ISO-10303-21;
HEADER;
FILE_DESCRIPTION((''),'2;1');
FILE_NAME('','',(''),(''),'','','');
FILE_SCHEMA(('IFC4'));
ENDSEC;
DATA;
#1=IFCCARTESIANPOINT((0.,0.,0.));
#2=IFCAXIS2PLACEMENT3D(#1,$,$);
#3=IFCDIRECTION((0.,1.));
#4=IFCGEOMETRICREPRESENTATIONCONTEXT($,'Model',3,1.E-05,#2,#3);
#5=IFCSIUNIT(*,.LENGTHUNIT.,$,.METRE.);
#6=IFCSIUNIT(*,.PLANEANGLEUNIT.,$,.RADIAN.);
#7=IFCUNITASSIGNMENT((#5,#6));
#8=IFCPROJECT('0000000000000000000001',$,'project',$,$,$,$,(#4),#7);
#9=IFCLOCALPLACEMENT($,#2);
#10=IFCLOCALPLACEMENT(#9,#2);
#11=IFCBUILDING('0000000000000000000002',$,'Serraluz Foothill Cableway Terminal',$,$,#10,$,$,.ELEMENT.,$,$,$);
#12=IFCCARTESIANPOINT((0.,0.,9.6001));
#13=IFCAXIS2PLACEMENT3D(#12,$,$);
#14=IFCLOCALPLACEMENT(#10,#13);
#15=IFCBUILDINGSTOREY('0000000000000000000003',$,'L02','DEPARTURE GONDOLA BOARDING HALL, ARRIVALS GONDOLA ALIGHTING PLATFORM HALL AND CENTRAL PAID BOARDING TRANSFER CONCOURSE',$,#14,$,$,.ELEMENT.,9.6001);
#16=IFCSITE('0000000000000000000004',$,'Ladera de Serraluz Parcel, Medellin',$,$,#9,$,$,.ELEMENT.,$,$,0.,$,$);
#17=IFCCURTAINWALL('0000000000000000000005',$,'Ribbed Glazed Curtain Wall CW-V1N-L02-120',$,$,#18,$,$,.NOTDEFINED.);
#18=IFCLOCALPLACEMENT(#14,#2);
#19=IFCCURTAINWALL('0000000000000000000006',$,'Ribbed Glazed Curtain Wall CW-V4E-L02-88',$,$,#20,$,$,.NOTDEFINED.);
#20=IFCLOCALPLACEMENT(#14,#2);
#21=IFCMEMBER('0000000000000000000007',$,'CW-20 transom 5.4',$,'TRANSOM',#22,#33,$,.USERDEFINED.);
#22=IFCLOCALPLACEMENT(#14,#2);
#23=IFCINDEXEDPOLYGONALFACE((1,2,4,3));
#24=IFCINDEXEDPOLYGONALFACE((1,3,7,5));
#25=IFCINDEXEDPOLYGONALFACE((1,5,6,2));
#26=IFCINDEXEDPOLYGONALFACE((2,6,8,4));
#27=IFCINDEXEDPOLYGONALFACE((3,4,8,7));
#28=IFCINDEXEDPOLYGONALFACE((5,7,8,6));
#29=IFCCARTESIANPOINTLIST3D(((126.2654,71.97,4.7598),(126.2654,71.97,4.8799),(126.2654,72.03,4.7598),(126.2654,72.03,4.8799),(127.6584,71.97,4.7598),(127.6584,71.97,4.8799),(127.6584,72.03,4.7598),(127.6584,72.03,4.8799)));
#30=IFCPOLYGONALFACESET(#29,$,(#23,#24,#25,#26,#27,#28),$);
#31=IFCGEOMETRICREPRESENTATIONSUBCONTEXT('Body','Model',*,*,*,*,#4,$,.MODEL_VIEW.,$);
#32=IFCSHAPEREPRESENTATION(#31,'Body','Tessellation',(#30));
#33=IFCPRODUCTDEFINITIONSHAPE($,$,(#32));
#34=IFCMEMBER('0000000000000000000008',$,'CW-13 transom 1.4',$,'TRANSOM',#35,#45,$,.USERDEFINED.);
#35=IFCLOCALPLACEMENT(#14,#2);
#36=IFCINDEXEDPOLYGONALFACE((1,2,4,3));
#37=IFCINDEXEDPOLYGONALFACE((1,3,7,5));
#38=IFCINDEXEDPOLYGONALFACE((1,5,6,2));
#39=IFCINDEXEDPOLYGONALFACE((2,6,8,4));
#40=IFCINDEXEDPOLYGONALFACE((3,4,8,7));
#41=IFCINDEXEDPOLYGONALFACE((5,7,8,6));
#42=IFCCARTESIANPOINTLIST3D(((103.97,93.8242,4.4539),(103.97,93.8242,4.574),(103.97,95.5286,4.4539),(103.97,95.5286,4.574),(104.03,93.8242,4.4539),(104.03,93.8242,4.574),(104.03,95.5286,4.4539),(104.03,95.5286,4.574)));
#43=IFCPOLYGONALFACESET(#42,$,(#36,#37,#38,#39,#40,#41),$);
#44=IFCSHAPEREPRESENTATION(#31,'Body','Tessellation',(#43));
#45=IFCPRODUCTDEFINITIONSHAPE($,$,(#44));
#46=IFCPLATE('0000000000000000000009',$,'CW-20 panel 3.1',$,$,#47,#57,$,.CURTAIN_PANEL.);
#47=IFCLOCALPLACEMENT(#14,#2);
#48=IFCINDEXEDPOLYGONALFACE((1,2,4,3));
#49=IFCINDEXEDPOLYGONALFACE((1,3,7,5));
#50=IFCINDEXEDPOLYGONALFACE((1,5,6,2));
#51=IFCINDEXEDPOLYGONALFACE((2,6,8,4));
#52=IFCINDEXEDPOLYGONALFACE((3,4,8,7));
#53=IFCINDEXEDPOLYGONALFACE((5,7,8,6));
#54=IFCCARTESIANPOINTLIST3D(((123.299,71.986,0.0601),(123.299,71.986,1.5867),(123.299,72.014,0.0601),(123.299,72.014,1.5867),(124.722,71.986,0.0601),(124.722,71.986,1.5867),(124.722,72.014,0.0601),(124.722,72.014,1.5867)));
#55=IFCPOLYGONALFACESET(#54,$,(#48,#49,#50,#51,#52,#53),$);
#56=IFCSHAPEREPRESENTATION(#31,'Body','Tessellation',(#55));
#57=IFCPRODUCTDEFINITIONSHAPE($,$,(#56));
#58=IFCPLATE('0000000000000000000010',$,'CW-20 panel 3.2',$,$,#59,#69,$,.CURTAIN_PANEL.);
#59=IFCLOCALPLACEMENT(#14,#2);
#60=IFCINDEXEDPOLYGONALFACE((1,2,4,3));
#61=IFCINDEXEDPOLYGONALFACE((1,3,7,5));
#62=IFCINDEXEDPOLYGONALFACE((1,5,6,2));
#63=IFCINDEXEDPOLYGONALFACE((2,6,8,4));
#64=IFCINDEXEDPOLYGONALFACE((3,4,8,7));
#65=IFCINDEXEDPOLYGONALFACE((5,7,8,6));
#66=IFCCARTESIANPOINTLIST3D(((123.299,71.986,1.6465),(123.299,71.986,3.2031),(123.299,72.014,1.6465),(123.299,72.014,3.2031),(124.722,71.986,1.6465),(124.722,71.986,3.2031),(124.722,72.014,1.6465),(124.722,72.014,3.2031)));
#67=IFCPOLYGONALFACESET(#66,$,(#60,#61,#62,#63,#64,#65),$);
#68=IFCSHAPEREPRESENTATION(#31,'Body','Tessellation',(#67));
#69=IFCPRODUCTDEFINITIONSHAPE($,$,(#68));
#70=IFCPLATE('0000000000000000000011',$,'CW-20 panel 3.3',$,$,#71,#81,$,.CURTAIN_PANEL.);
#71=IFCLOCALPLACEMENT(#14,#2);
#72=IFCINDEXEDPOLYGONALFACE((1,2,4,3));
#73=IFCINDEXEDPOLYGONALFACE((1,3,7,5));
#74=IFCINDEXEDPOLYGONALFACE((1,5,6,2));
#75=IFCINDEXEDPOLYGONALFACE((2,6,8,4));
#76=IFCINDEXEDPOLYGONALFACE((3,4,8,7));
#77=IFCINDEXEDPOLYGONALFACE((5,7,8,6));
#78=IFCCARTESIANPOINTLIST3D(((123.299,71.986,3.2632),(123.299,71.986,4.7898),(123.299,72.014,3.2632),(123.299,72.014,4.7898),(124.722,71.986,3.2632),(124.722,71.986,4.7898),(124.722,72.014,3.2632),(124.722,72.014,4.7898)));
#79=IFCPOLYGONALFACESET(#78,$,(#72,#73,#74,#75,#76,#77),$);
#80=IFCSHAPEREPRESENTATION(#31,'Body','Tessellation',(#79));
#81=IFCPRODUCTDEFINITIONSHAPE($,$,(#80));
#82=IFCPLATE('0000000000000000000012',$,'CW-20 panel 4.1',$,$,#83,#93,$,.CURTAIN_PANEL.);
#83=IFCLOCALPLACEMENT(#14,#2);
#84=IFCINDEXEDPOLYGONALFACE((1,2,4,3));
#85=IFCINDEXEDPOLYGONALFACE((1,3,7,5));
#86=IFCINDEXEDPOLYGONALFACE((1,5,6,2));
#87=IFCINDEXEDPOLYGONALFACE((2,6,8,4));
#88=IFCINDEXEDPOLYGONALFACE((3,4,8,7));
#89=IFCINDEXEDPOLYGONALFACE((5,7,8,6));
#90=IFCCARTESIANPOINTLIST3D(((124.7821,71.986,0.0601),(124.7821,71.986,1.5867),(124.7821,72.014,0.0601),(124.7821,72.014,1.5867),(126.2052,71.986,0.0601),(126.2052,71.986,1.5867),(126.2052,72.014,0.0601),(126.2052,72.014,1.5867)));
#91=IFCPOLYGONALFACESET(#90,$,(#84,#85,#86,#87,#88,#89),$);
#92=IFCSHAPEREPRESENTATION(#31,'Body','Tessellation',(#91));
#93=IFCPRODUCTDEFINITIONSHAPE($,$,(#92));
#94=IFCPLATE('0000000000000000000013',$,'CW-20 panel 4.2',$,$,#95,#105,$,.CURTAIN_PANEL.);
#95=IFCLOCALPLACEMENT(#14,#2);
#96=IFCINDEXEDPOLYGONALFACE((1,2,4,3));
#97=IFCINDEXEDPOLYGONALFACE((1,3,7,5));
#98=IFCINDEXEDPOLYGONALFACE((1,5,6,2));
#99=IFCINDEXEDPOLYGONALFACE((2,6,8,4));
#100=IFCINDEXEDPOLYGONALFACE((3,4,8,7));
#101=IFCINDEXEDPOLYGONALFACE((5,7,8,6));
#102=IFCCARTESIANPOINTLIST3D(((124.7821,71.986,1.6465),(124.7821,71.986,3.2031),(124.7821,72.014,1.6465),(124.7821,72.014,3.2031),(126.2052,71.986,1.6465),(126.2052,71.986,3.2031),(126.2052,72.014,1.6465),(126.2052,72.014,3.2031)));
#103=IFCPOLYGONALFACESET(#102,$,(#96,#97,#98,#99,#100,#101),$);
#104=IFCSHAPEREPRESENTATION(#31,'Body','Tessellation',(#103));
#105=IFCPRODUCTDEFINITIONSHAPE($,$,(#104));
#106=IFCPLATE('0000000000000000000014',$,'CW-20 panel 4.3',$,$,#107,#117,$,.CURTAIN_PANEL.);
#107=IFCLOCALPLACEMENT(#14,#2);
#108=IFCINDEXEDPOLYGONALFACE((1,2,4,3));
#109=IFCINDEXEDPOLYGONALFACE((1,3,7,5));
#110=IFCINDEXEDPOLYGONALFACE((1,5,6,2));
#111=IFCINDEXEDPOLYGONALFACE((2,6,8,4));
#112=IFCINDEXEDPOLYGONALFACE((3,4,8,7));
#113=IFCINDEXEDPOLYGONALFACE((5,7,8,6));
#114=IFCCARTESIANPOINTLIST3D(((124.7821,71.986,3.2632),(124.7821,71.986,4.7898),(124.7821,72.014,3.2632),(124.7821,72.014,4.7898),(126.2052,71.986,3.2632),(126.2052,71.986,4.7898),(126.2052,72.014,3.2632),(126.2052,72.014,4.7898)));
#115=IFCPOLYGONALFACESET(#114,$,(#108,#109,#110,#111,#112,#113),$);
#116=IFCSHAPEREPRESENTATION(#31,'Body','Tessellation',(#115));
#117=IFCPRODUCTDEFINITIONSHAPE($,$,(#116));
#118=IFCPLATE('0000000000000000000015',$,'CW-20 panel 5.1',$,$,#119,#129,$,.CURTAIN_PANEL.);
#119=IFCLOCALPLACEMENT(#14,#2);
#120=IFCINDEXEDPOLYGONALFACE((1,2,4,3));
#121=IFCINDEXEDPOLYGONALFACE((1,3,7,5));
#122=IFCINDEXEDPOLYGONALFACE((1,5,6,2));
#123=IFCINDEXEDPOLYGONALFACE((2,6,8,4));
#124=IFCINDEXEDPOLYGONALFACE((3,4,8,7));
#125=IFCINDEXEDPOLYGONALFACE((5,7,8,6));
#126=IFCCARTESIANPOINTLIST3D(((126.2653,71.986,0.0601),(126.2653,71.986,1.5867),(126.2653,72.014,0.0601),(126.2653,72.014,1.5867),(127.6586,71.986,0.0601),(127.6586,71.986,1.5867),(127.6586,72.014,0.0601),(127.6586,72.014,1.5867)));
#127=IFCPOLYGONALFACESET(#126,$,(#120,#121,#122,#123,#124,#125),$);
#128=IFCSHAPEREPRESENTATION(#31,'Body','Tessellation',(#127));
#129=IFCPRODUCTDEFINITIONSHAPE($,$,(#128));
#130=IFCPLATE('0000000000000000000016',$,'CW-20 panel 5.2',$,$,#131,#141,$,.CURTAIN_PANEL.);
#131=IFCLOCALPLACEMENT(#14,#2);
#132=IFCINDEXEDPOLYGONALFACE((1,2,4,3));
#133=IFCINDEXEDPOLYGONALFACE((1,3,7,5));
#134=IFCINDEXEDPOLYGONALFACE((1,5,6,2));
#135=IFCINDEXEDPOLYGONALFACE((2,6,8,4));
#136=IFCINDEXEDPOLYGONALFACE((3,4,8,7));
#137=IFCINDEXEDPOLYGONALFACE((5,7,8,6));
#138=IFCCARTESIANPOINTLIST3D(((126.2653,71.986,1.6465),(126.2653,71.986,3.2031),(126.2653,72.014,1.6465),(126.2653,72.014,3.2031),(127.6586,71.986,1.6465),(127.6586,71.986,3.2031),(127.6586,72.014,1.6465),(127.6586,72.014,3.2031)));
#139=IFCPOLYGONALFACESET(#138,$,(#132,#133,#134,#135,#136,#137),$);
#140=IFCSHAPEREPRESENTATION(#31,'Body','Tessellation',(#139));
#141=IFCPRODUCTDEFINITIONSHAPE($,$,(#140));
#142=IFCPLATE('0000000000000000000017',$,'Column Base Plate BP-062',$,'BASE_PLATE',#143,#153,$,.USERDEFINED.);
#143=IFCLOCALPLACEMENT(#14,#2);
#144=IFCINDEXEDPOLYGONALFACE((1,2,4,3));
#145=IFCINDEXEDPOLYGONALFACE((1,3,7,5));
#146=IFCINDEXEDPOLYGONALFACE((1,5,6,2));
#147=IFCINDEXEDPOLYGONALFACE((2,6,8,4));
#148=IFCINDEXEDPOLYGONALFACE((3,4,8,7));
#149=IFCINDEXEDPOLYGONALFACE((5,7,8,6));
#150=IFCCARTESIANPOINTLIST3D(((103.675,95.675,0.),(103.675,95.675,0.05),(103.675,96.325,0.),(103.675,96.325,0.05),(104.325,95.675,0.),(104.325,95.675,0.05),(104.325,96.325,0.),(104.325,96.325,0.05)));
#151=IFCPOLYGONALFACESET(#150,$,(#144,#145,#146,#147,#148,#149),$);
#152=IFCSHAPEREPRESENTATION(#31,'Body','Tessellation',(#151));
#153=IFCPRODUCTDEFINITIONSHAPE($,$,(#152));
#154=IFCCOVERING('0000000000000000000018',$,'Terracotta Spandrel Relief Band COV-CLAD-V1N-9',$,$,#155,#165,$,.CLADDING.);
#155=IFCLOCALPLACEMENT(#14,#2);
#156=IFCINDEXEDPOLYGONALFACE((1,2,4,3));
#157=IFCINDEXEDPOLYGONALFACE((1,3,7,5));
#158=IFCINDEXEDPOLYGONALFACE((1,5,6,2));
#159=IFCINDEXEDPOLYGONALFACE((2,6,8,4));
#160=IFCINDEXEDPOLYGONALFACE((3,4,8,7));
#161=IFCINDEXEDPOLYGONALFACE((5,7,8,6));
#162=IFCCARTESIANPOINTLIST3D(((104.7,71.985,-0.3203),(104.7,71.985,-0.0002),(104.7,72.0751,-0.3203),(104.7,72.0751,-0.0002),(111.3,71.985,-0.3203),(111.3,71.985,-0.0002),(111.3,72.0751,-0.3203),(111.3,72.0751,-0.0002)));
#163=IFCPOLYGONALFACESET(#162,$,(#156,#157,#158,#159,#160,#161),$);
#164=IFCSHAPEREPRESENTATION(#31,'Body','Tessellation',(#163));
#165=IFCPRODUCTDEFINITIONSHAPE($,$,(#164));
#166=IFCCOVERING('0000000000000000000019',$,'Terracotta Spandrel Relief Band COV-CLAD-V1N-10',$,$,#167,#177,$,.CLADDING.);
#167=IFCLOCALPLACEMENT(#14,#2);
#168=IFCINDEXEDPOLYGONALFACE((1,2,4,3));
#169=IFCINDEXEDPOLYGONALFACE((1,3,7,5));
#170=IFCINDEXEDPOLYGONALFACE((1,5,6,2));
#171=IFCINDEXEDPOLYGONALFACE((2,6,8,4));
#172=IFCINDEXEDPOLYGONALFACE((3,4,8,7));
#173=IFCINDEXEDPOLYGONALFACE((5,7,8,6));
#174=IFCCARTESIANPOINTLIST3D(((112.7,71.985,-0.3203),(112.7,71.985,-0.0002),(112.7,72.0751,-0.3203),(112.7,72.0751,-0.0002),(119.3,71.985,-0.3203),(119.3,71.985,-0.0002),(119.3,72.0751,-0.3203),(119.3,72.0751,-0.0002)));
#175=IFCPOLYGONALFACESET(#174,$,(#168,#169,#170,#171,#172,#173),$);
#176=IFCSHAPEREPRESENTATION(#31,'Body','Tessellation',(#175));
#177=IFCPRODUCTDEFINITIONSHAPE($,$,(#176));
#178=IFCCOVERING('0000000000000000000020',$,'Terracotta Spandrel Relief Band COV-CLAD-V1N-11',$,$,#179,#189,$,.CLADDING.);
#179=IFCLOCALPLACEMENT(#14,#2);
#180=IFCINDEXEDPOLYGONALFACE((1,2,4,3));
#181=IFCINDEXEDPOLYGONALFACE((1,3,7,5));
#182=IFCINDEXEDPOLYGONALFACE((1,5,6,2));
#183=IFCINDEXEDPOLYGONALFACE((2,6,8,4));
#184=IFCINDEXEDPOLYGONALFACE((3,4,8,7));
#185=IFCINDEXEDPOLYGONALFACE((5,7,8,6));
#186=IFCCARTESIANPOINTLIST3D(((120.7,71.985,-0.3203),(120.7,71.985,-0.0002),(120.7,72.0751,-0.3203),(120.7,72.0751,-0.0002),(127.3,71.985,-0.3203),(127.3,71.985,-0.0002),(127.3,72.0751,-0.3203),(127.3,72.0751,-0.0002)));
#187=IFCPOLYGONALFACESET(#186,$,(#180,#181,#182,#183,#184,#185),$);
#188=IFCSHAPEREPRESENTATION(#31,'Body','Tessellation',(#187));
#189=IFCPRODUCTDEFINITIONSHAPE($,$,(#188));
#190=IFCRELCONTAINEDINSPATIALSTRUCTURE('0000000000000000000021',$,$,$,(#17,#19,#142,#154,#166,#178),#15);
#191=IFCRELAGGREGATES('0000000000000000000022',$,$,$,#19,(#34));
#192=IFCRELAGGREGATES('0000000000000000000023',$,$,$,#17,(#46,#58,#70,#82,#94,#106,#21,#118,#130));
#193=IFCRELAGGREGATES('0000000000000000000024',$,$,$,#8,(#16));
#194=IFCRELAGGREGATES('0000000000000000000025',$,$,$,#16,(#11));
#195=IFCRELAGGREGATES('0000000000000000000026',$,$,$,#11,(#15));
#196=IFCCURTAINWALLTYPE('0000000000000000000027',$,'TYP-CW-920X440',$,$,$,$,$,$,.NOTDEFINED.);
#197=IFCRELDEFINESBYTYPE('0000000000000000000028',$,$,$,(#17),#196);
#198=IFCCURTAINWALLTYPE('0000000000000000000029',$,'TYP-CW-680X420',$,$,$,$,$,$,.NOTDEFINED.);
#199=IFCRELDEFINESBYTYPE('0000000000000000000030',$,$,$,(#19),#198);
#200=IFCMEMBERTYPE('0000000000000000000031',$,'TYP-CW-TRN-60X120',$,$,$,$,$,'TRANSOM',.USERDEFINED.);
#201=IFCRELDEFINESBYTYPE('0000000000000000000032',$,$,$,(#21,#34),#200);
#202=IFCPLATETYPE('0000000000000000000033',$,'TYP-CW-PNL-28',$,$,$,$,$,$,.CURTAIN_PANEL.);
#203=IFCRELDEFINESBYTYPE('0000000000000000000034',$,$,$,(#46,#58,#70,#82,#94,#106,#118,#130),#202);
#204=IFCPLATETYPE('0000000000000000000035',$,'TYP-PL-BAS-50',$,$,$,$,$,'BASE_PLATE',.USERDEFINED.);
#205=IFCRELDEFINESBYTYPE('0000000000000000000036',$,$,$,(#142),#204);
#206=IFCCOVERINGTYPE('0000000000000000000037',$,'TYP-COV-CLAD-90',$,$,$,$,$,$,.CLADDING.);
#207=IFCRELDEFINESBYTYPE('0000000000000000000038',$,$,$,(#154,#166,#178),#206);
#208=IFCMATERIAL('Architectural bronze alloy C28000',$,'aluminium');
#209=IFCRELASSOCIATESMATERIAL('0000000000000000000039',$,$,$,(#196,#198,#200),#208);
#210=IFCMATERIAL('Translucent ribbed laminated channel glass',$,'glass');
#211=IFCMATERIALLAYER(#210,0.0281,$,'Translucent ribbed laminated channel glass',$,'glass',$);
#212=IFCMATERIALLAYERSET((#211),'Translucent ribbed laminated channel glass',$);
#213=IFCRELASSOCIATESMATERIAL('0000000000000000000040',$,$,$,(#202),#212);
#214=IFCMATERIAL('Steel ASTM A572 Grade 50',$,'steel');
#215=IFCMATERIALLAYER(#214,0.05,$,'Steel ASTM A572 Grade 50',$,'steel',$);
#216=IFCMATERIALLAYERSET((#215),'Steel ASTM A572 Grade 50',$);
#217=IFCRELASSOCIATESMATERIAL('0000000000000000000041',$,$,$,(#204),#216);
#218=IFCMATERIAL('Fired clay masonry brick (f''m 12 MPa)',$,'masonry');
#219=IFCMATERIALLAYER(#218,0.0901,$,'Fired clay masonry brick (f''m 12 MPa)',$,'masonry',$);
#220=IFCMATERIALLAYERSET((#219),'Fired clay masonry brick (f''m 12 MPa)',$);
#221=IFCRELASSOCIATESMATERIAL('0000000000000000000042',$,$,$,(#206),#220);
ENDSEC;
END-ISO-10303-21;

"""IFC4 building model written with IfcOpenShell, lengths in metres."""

from ifc_helpers import new_model, si_unit, direction, frame, origin, origin_2d, place, context, subcontext, project, spatial, rectangle, extrude, material, layer, layer_set, material_profile, profile_set, type_object, element, aggregate, save


model = new_model("IFC4")

# Units and contexts
model_context = context("Model", 3, precision=1e-05, world=origin(), true_north=direction((0.0, 1.0)))
body_context = subcontext(model_context, "Body", "Model", "MODEL_VIEW")
ifc_project = project(units=[si_unit("LENGTHUNIT", "METRE"), si_unit("PLANEANGLEUNIT", "RADIAN")], contexts=[model_context])

# Site, building, storey
site_placement = place(None, origin())
site = spatial("IfcSite", under=ifc_project, at=site_placement, Name="Ladera de Serraluz Parcel, Medellin", CompositionType="ELEMENT", RefElevation=0.0)
building_placement = place(site_placement, origin())
building = spatial("IfcBuilding", under=site, at=building_placement, Name="Serraluz Foothill Cableway Terminal", CompositionType="ELEMENT")
storey_placement = place(building_placement, frame((0.0, 0.0, 9.6001)))
storey = spatial("IfcBuildingStorey", under=building, at=storey_placement, Name="L02", Description="DEPARTURE GONDOLA BOARDING HALL, ARRIVALS GONDOLA ALIGHTING PLATFORM HALL AND CENTRAL PAID BOARDING TRANSFER CONCOURSE", CompositionType="ELEMENT", Elevation=9.6001)

# Curtain wall
ifc_material_1 = material(Name="Architectural bronze alloy C28000", Category="aluminium")
curtain_wall_type_1 = type_object("IfcCurtainWallType", Name="TYP-CW-920X440", PredefinedType="NOTDEFINED", material=ifc_material_1)
curtain_wall_1_placement = place(storey_placement, origin())
curtain_wall_1 = element("IfcCurtainWall", 1, at=curtain_wall_1_placement, inside=storey, type_object=curtain_wall_type_1, Name="Ribbed Glazed Curtain Wall CW-V1N-L02-120", PredefinedType="NOTDEFINED")

# Curtain wall
curtain_wall_type_2 = type_object("IfcCurtainWallType", Name="TYP-CW-680X420", PredefinedType="NOTDEFINED", material=ifc_material_1)
curtain_wall_2_placement = place(storey_placement, origin())
curtain_wall_2 = element("IfcCurtainWall", 2, at=curtain_wall_2_placement, inside=storey, type_object=curtain_wall_type_2, Name="Ribbed Glazed Curtain Wall CW-V4E-L02-88", PredefinedType="NOTDEFINED")

# Members
ifc_material_profile_1 = material_profile(ifc_material_1, rectangle(XDim=0.0601, YDim=0.1201, at=origin_2d()), Name="ALU TRANSOM 60x120")
ifc_profile_set_1 = profile_set([ifc_material_profile_1], Name="Architectural bronze alloy C28000")
member_type_1 = type_object("IfcMemberType", Name="TYP-CW-TRN-60X120", ElementType="TRANSOM", PredefinedType="USERDEFINED", material=ifc_profile_set_1)
member_1_placement = place(storey_placement, frame((126.2654, 72.0, 4.8198), z_axis=(1.0, 0.0, 0.0), x_axis=(0.0, 1.0, 0.0)))
member_1 = element("IfcMember", 3, at=member_1_placement, type_object=member_type_1, Name="CW-20 transom 5.4", ObjectType="TRANSOM", PredefinedType="USERDEFINED", context=body_context, shape_type="SweptSolid", body=[
    extrude(rectangle(XDim=0.0601, YDim=0.1201, at=origin_2d()), origin(), (0.0, 0.0, 1.0), 1.3931),
])
member_2_placement = place(storey_placement, frame((104.0, 95.5286, 4.5139), z_axis=(0.0, -1.0, 0.0), x_axis=(1.0, 0.0, 0.0)))
member_2 = element("IfcMember", 4, at=member_2_placement, type_object=member_type_1, Name="CW-13 transom 1.4", ObjectType="TRANSOM", PredefinedType="USERDEFINED", context=body_context, shape_type="SweptSolid", body=[
    extrude(rectangle(XDim=0.0601, YDim=0.1201, at=origin_2d()), origin(), (0.0, 0.0, 1.0), 1.7043),
])
aggregate(curtain_wall_2, [member_2])

# Plates
ifc_material_2 = material(Name="Translucent ribbed laminated channel glass", Category="glass")
ifc_layer_1 = layer(ifc_material_2, 0.0281, Name="Translucent ribbed laminated channel glass", Category="glass")
ifc_layer_set_1 = layer_set([ifc_layer_1], Name="Translucent ribbed laminated channel glass")
plate_type_1 = type_object("IfcPlateType", Name="TYP-CW-PNL-28", PredefinedType="CURTAIN_PANEL", material=ifc_layer_set_1)
plate_1_placement = place(storey_placement, frame((124.0105, 72.0, 0.0601), z_axis=(0.0, 0.0, 1.0), x_axis=(1.0, 0.0, 0.0)))
plate_1 = element("IfcPlate", 5, at=plate_1_placement, type_object=plate_type_1, Name="CW-20 panel 3.1", PredefinedType="CURTAIN_PANEL", context=body_context, shape_type="SweptSolid", body=[
    extrude(rectangle(XDim=1.4231, YDim=0.0281, at=origin_2d()), origin(), (0.0, 0.0, 1.0), 1.5266),
])
plate_2_placement = place(storey_placement, frame((124.0105, 72.0, 1.6465), z_axis=(0.0, 0.0, 1.0), x_axis=(1.0, 0.0, 0.0)))
plate_2 = element("IfcPlate", 6, at=plate_2_placement, type_object=plate_type_1, Name="CW-20 panel 3.2", PredefinedType="CURTAIN_PANEL", context=body_context, shape_type="SweptSolid", body=[
    extrude(rectangle(XDim=1.4231, YDim=0.0281, at=origin_2d()), origin(), (0.0, 0.0, 1.0), 1.5566),
])
plate_3_placement = place(storey_placement, frame((124.0105, 72.0, 3.2632), z_axis=(0.0, 0.0, 1.0), x_axis=(1.0, 0.0, 0.0)))
plate_3 = element("IfcPlate", 7, at=plate_3_placement, type_object=plate_type_1, Name="CW-20 panel 3.3", PredefinedType="CURTAIN_PANEL", context=body_context, shape_type="SweptSolid", body=[
    extrude(rectangle(XDim=1.4231, YDim=0.0281, at=origin_2d()), origin(), (0.0, 0.0, 1.0), 1.5266),
])
plate_4_placement = place(storey_placement, frame((125.4937, 72.0, 0.0601), z_axis=(0.0, 0.0, 1.0), x_axis=(1.0, 0.0, 0.0)))
plate_4 = element("IfcPlate", 8, at=plate_4_placement, type_object=plate_type_1, Name="CW-20 panel 4.1", PredefinedType="CURTAIN_PANEL", context=body_context, shape_type="SweptSolid", body=[
    extrude(rectangle(XDim=1.4231, YDim=0.0281, at=origin_2d()), origin(), (0.0, 0.0, 1.0), 1.5266),
])
plate_5_placement = place(storey_placement, frame((125.4937, 72.0, 1.6465), z_axis=(0.0, 0.0, 1.0), x_axis=(1.0, 0.0, 0.0)))
plate_5 = element("IfcPlate", 9, at=plate_5_placement, type_object=plate_type_1, Name="CW-20 panel 4.2", PredefinedType="CURTAIN_PANEL", context=body_context, shape_type="SweptSolid", body=[
    extrude(rectangle(XDim=1.4231, YDim=0.0281, at=origin_2d()), origin(), (0.0, 0.0, 1.0), 1.5566),
])
plate_6_placement = place(storey_placement, frame((125.4937, 72.0, 3.2632), z_axis=(0.0, 0.0, 1.0), x_axis=(1.0, 0.0, 0.0)))
plate_6 = element("IfcPlate", 10, at=plate_6_placement, type_object=plate_type_1, Name="CW-20 panel 4.3", PredefinedType="CURTAIN_PANEL", context=body_context, shape_type="SweptSolid", body=[
    extrude(rectangle(XDim=1.4231, YDim=0.0281, at=origin_2d()), origin(), (0.0, 0.0, 1.0), 1.5266),
])
plate_7_placement = place(storey_placement, frame((126.9619, 72.0, 0.0601), z_axis=(0.0, 0.0, 1.0), x_axis=(1.0, 0.0, 0.0)))
plate_7 = element("IfcPlate", 11, at=plate_7_placement, type_object=plate_type_1, Name="CW-20 panel 5.1", PredefinedType="CURTAIN_PANEL", context=body_context, shape_type="SweptSolid", body=[
    extrude(rectangle(XDim=1.3933, YDim=0.0281, at=origin_2d()), origin(), (0.0, 0.0, 1.0), 1.5266),
])
plate_8_placement = place(storey_placement, frame((126.9619, 72.0, 1.6465), z_axis=(0.0, 0.0, 1.0), x_axis=(1.0, 0.0, 0.0)))
plate_8 = element("IfcPlate", 12, at=plate_8_placement, type_object=plate_type_1, Name="CW-20 panel 5.2", PredefinedType="CURTAIN_PANEL", context=body_context, shape_type="SweptSolid", body=[
    extrude(rectangle(XDim=1.3933, YDim=0.0281, at=origin_2d()), origin(), (0.0, 0.0, 1.0), 1.5566),
])
aggregate(curtain_wall_1, [plate_1, plate_2, plate_3, plate_4, plate_5, plate_6, member_1, plate_7, plate_8])
ifc_material_3 = material(Name="Steel ASTM A572 Grade 50", Category="steel")
ifc_layer_2 = layer(ifc_material_3, 0.05, Name="Steel ASTM A572 Grade 50", Category="steel")
ifc_layer_set_2 = layer_set([ifc_layer_2], Name="Steel ASTM A572 Grade 50")
plate_type_2 = type_object("IfcPlateType", Name="TYP-PL-BAS-50", ElementType="BASE_PLATE", PredefinedType="USERDEFINED", material=ifc_layer_set_2)
plate_9_placement = place(storey_placement, frame((104.0, 96.0, 0.0), z_axis=(0.0, 0.0, 1.0), x_axis=(1.0, 0.0, 0.0)))
element("IfcPlate", 13, at=plate_9_placement, inside=storey, type_object=plate_type_2, Name="Column Base Plate BP-062", ObjectType="BASE_PLATE", PredefinedType="USERDEFINED", context=body_context, shape_type="SweptSolid", body=[
    extrude(rectangle(XDim=0.6499, YDim=0.6499, at=origin_2d()), origin(), (0.0, 0.0, 1.0), 0.05),
])

# Coverings
ifc_material_4 = material(Name="Fired clay masonry brick (f'm 12 MPa)", Category="masonry")
ifc_layer_3 = layer(ifc_material_4, 0.0901, Name="Fired clay masonry brick (f'm 12 MPa)", Category="masonry")
ifc_layer_set_3 = layer_set([ifc_layer_3], Name="Fired clay masonry brick (f'm 12 MPa)")
covering_type = type_object("IfcCoveringType", Name="TYP-COV-CLAD-90", PredefinedType="CLADDING", material=ifc_layer_set_3)
for number, where, z_axis, x_axis, name in (
    (14, (108.0, 72.03, -0.3203), (0.0, 0.0, 1.0), (1.0, 0.0, 0.0), "Terracotta Spandrel Relief Band COV-CLAD-V1N-9"),
    (15, (116.0, 72.03, -0.3203), (0.0, 0.0, 1.0), (1.0, 0.0, 0.0), "Terracotta Spandrel Relief Band COV-CLAD-V1N-10"),
    (16, (124.0, 72.03, -0.3203), (0.0, 0.0, 1.0), (1.0, 0.0, 0.0), "Terracotta Spandrel Relief Band COV-CLAD-V1N-11"),
):
    element("IfcCovering", number, at=place(storey_placement, frame(where, z_axis=z_axis, x_axis=x_axis)), inside=storey, type_object=covering_type, Name=name, PredefinedType="CLADDING", context=body_context, shape_type="SweptSolid", body=[
        extrude(rectangle(XDim=6.6001, YDim=0.0901, at=origin_2d()), origin(), (0.0, 0.0, 1.0), 0.3201),
    ])

save(model, "model.ifc")
